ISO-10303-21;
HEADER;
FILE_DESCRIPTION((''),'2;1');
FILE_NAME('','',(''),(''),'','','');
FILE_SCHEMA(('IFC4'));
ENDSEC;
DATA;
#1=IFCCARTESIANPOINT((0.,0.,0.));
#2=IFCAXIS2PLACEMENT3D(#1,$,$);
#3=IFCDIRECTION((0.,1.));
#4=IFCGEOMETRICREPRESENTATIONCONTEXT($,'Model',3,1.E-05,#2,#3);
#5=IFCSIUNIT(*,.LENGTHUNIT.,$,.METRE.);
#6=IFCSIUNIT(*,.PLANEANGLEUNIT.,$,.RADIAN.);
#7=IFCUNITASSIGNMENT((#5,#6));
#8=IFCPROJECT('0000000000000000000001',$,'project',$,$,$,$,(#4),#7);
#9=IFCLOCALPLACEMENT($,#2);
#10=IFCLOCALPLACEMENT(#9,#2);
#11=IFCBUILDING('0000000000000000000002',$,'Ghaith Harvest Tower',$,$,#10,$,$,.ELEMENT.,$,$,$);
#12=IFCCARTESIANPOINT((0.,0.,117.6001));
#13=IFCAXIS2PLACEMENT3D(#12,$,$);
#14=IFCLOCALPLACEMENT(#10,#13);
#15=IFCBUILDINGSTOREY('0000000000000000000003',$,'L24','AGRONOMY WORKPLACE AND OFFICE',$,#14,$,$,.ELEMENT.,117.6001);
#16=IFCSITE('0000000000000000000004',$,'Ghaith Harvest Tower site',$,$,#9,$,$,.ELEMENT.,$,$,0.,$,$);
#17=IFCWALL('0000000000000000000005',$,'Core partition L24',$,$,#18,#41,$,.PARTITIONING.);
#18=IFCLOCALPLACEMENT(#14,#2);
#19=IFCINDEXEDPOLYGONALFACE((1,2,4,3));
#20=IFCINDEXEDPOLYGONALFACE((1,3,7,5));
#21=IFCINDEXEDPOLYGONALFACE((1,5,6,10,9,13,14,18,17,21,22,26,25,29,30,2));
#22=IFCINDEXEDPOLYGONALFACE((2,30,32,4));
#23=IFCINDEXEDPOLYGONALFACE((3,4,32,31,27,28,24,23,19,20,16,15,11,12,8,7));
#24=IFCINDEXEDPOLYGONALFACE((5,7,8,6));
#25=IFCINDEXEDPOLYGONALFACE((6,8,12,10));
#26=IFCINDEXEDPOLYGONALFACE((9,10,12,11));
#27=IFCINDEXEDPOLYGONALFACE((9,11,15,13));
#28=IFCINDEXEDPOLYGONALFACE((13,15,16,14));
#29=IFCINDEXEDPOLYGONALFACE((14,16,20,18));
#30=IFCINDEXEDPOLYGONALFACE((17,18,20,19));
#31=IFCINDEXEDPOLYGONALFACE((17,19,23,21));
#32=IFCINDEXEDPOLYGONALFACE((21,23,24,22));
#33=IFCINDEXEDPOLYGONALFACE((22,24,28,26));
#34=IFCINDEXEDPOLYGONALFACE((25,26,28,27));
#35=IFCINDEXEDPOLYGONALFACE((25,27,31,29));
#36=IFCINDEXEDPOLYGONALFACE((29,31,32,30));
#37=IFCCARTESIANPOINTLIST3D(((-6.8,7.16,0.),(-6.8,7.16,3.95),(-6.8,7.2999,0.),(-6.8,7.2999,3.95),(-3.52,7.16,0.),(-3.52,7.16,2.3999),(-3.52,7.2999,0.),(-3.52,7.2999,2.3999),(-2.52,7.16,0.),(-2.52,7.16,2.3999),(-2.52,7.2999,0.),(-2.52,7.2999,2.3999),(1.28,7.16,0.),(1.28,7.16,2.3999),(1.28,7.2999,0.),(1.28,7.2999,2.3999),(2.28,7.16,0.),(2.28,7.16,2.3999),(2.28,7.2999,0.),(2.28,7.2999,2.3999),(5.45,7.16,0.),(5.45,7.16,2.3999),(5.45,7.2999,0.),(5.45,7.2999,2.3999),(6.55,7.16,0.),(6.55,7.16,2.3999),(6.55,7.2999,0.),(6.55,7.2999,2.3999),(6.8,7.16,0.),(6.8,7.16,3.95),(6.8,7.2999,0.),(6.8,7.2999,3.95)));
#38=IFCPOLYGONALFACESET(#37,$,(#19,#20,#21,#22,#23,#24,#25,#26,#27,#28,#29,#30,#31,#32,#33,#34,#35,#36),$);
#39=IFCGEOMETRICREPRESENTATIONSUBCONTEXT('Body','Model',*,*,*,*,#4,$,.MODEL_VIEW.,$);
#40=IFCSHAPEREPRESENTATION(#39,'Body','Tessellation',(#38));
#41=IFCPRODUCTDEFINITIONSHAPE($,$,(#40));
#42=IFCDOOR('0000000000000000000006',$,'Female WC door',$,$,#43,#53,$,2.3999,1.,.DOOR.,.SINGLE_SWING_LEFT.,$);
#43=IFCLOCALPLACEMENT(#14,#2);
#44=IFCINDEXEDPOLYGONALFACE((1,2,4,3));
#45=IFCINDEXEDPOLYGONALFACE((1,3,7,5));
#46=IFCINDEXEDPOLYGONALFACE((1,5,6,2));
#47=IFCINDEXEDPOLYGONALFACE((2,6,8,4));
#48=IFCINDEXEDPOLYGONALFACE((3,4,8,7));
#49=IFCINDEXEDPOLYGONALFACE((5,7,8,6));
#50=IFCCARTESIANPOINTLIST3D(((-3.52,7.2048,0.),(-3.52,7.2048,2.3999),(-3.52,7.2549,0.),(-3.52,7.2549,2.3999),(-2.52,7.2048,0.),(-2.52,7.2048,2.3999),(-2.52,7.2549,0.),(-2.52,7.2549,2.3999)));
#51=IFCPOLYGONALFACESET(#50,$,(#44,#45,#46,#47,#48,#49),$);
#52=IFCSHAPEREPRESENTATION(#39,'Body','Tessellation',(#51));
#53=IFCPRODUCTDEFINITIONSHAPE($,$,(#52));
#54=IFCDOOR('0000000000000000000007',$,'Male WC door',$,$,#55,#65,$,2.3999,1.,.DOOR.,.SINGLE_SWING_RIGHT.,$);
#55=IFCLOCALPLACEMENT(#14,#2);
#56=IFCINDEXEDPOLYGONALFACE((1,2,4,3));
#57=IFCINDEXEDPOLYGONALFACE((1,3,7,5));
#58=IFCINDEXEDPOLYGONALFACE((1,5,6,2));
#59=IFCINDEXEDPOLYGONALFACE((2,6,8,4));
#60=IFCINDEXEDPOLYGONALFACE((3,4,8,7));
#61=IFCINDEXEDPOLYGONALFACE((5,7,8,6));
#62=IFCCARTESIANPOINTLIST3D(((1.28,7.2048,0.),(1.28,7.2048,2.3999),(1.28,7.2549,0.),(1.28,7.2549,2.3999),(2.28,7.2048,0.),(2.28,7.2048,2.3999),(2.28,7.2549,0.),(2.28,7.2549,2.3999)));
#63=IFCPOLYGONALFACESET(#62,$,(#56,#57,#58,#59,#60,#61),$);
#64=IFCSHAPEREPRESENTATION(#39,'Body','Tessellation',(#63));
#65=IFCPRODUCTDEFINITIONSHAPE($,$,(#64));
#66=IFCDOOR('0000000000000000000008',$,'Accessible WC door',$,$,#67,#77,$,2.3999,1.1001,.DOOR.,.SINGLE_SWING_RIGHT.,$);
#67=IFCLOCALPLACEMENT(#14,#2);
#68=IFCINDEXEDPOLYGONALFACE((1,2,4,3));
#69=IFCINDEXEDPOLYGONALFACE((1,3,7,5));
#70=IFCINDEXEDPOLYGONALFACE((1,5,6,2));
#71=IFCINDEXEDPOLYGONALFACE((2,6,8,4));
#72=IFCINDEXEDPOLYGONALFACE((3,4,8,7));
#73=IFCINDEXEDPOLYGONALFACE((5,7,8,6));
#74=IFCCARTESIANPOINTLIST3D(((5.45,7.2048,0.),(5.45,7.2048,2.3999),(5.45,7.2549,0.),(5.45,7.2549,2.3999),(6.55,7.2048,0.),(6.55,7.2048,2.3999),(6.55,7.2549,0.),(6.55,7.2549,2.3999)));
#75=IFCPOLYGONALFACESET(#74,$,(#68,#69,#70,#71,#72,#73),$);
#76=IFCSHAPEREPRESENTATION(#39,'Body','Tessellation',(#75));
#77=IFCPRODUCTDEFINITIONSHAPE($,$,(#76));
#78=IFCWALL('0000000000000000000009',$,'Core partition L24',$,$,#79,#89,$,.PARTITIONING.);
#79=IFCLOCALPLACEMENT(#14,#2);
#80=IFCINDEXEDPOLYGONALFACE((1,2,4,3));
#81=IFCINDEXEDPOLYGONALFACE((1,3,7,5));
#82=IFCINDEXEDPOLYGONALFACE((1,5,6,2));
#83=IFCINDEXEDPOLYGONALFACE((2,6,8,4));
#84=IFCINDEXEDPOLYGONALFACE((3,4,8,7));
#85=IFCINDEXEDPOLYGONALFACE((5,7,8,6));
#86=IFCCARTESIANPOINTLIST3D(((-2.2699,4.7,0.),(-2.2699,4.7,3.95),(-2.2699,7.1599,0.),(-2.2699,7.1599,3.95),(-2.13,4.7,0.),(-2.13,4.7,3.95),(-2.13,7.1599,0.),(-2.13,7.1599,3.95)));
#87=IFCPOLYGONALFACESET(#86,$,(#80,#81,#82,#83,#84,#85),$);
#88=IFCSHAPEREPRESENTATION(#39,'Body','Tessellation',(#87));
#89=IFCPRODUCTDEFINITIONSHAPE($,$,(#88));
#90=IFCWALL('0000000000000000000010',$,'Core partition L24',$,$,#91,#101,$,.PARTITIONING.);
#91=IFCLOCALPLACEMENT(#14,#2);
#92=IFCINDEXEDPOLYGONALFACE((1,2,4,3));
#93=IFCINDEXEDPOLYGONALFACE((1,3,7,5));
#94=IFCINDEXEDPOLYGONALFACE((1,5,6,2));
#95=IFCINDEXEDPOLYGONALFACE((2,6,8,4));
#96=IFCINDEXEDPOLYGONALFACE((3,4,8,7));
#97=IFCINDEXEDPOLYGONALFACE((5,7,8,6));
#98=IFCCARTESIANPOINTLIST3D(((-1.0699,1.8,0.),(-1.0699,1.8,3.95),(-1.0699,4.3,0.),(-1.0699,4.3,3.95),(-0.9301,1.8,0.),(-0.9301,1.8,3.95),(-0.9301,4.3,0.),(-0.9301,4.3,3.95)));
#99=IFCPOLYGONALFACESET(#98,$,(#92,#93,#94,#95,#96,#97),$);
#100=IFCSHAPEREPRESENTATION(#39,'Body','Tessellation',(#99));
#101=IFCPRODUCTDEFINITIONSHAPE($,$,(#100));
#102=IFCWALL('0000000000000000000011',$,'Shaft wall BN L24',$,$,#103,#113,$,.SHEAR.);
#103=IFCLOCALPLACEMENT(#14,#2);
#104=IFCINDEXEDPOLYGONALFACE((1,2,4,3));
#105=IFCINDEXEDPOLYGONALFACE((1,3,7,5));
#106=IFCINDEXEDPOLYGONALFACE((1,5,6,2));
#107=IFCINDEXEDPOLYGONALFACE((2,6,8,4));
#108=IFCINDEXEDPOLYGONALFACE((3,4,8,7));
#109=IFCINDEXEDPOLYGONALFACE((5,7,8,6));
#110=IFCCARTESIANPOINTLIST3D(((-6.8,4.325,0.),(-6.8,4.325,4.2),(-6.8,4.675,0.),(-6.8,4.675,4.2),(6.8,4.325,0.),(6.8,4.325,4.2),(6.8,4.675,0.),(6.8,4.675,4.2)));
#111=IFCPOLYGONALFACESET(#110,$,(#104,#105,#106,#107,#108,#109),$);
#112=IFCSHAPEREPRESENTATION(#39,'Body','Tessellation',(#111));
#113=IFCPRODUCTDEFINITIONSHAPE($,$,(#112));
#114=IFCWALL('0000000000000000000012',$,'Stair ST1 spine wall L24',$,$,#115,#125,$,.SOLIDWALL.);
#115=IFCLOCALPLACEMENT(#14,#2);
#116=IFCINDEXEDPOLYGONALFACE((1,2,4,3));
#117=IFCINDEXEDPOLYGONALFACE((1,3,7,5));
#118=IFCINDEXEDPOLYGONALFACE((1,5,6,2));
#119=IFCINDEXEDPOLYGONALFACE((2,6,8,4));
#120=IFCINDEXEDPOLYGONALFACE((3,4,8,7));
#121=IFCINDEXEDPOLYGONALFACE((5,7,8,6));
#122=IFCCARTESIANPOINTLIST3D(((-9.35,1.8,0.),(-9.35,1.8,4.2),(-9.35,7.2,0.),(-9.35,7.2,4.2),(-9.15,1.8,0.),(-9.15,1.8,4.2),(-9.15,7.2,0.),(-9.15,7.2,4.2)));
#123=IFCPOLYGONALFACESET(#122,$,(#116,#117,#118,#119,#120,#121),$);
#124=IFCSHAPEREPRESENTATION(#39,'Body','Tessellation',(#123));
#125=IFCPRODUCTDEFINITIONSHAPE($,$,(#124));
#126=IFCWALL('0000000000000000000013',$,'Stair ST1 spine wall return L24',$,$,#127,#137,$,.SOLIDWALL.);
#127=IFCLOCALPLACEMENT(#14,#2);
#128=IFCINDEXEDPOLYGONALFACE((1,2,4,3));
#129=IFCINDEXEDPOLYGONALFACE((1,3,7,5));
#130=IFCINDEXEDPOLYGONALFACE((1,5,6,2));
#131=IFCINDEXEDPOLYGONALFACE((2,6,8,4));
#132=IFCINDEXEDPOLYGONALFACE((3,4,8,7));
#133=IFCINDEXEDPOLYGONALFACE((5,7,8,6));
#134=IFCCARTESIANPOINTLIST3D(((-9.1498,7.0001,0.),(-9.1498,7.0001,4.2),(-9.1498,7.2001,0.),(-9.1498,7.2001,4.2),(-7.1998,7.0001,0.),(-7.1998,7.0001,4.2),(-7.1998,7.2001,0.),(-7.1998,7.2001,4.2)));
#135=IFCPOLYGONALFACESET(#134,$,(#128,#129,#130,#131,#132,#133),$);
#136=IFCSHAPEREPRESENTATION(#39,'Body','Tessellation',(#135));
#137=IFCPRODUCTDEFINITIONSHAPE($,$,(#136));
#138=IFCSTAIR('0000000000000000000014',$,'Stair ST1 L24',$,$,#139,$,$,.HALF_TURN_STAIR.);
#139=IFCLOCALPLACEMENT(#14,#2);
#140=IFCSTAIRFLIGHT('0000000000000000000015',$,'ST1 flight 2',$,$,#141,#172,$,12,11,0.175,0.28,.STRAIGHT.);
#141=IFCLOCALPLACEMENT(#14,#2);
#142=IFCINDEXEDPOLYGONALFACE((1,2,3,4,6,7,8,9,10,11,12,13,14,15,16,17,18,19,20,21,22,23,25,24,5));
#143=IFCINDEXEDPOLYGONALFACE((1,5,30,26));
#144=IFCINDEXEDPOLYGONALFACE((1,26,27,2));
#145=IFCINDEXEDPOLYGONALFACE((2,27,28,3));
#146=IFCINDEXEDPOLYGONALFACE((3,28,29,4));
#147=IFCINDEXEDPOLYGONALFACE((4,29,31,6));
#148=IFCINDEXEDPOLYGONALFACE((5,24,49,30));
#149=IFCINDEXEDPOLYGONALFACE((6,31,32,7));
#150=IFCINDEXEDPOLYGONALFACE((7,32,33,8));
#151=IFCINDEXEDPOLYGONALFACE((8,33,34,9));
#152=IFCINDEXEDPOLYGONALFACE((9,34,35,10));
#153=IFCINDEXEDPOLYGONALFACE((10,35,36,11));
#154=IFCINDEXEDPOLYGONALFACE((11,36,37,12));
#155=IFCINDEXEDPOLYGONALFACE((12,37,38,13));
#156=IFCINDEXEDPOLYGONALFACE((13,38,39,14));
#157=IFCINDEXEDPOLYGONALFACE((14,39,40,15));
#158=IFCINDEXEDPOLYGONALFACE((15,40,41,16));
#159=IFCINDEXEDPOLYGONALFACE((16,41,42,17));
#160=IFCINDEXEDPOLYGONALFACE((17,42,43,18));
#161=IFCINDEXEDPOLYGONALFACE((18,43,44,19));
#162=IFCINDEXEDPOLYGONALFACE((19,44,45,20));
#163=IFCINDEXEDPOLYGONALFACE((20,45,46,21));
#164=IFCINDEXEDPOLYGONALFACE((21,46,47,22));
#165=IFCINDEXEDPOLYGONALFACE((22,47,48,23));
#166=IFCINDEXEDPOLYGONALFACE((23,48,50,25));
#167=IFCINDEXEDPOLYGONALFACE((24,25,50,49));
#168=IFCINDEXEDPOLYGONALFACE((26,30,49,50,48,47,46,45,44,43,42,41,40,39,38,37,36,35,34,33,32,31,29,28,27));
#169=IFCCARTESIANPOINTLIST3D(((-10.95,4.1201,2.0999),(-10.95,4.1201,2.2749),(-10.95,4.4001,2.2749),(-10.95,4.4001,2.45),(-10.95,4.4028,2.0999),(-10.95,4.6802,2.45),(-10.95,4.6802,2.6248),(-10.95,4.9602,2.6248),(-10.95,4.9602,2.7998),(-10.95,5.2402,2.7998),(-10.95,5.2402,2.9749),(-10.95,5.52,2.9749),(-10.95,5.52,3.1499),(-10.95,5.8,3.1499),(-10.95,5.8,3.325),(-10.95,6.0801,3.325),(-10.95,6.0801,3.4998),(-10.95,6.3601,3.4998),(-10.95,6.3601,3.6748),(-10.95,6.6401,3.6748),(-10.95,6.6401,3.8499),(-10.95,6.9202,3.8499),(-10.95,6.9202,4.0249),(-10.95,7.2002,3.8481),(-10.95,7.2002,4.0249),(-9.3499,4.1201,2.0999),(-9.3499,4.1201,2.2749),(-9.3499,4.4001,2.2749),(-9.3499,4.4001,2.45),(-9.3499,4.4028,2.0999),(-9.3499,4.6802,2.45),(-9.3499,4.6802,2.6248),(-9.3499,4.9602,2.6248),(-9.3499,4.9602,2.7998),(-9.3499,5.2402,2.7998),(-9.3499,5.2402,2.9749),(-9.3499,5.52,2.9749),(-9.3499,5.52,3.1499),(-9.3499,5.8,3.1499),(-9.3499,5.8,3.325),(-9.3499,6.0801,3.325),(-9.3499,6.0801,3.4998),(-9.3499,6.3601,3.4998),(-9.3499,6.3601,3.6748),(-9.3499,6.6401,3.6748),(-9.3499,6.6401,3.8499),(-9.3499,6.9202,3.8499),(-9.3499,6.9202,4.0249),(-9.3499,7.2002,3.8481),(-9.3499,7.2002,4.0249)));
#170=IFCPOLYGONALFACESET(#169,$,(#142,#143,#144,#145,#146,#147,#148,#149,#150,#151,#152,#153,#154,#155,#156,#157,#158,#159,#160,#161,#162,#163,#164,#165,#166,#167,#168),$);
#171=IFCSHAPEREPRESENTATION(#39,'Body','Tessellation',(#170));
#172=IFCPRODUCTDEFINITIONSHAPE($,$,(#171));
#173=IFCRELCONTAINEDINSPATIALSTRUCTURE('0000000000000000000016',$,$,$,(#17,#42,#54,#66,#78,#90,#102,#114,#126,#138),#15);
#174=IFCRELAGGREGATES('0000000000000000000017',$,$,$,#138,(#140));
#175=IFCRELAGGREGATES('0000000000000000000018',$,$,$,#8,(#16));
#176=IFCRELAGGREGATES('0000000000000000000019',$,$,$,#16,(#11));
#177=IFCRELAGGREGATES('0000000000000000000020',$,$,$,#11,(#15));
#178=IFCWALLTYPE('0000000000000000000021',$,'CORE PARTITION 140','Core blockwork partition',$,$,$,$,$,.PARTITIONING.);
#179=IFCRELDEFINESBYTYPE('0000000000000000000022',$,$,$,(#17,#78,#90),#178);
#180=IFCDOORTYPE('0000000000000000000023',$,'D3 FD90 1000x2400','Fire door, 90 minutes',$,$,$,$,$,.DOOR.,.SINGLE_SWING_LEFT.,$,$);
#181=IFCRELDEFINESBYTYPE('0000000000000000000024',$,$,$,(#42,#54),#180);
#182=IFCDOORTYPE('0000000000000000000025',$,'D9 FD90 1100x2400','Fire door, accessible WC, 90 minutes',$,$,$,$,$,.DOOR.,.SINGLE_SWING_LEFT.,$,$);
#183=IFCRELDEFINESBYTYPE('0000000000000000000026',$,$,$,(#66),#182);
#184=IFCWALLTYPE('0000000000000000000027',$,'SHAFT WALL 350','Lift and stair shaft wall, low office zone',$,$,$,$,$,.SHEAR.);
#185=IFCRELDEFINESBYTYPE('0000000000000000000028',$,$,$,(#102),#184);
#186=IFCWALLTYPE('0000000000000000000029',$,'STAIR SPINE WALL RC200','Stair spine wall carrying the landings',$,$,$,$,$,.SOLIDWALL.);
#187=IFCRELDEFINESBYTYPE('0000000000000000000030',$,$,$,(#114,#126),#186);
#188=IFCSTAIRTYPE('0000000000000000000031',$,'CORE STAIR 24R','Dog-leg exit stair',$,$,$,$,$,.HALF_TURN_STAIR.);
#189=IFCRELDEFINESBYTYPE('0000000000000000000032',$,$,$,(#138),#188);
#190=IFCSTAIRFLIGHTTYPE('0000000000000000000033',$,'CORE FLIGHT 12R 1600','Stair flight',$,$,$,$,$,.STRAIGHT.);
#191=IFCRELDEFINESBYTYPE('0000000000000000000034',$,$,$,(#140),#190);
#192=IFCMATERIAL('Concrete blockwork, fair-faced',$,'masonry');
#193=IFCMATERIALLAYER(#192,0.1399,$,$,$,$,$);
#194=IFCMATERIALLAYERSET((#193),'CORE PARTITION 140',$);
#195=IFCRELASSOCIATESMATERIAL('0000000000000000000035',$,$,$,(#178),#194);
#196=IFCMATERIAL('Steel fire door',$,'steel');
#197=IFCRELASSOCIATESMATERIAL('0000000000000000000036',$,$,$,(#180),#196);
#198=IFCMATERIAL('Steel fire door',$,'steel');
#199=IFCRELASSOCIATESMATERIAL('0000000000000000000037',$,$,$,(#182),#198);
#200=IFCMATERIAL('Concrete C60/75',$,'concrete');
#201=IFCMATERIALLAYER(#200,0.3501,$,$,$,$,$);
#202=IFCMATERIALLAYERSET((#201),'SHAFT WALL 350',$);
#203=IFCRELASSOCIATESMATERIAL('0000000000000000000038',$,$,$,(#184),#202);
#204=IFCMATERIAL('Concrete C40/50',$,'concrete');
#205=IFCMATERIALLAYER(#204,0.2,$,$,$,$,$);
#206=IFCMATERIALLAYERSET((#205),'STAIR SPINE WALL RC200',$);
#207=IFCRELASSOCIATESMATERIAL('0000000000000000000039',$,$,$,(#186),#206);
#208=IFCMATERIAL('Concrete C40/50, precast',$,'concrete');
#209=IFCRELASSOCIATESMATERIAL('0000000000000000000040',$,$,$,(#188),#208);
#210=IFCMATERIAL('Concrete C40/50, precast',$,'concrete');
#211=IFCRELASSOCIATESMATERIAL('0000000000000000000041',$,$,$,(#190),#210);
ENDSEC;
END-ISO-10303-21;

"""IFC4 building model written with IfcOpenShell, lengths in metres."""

from ifc_helpers import new_model, si_unit, direction, frame, frame_2d, origin, place, context, subcontext, project, spatial, polyline, rectangle, outline, extrude, material, layer, layer_set, type_object, element, fill, aggregate, save


model = new_model("IFC4")

# Units and contexts
model_context = context("Model", 3, precision=1e-05, world=origin(), true_north=direction((0.0, 1.0)))
body_context = subcontext(model_context, "Body", "Model", "MODEL_VIEW")
ifc_project = project(units=[si_unit("LENGTHUNIT", "METRE"), si_unit("PLANEANGLEUNIT", "RADIAN")], contexts=[model_context])

# Site, building, storey
site_placement = place(None, origin())
site = spatial("IfcSite", under=ifc_project, at=site_placement, Name="Ghaith Harvest Tower site", CompositionType="ELEMENT", RefElevation=0.0)
building_placement = place(site_placement, origin())
building = spatial("IfcBuilding", under=site, at=building_placement, Name="Ghaith Harvest Tower", CompositionType="ELEMENT")
storey_placement = place(building_placement, frame((0.0, 0.0, 117.6001)))
storey = spatial("IfcBuildingStorey", under=building, at=storey_placement, Name="L24", Description="AGRONOMY WORKPLACE AND OFFICE", CompositionType="ELEMENT", Elevation=117.6001)

# Wall, openings, doors
ifc_material_1 = material(Name="Concrete blockwork, fair-faced", Category="masonry")
ifc_layer_1 = layer(ifc_material_1, 0.1399)
ifc_layer_set_1 = layer_set([ifc_layer_1], Name="CORE PARTITION 140")
wall_type_1 = type_object("IfcWallType", Name="CORE PARTITION 140", Description="Core blockwork partition", PredefinedType="PARTITIONING", material=ifc_layer_set_1)
wall_1_placement = place(storey_placement, frame((-6.8, 7.23, 0.0), z_axis=(0.0, 0.0, 1.0), x_axis=(1.0, 0.0, 0.0)))
wall_1 = element("IfcWall", 1, at=wall_1_placement, inside=storey, type_object=wall_type_1, Name="Core partition L24", PredefinedType="PARTITIONING", context=body_context, shape_type="SweptSolid", body=[
    extrude(rectangle(XDim=13.6001, YDim=0.1399, at=frame_2d((6.8, 0.0))), origin(), (0.0, 0.0, 1.0), 3.95),
])
opening_1_placement = place(wall_1_placement, frame((3.28, 0.0, 0.0)))
opening_1 = element("IfcOpeningElement", 2, at=opening_1_placement, cuts=wall_1, PredefinedType="OPENING", context=body_context, shape_type="SweptSolid", body=[
    extrude(rectangle(XDim=1.0, YDim=2.3999, at=frame_2d((0.5, 1.2))), frame((0.0, 0.0801, 0.0), z_axis=(0.0, -1.0, 0.0), x_axis=(1.0, 0.0, 0.0)), (0.0, 0.0, 1.0), 0.1599),
])
opening_2_placement = place(wall_1_placement, frame((8.0801, 0.0, 0.0)))
opening_2 = element("IfcOpeningElement", 3, at=opening_2_placement, cuts=wall_1, PredefinedType="OPENING", context=body_context, shape_type="SweptSolid", body=[
    extrude(rectangle(XDim=1.0, YDim=2.3999, at=frame_2d((0.5, 1.2))), frame((0.0, 0.0801, 0.0), z_axis=(0.0, -1.0, 0.0), x_axis=(1.0, 0.0, 0.0)), (0.0, 0.0, 1.0), 0.1599),
])
opening_3_placement = place(wall_1_placement, frame((12.25, 0.0, 0.0)))
opening_3 = element("IfcOpeningElement", 4, at=opening_3_placement, cuts=wall_1, PredefinedType="OPENING", context=body_context, shape_type="SweptSolid", body=[
    extrude(rectangle(XDim=1.1001, YDim=2.3999, at=frame_2d((0.55, 1.2))), frame((0.0, 0.0801, 0.0), z_axis=(0.0, -1.0, 0.0), x_axis=(1.0, 0.0, 0.0)), (0.0, 0.0, 1.0), 0.1599),
])
ifc_material_2 = material(Name="Steel fire door", Category="steel")
door_type_1 = type_object("IfcDoorType", Name="D3 FD90 1000x2400", Description="Fire door, 90 minutes", OperationType="SINGLE_SWING_LEFT", PredefinedType="DOOR", material=ifc_material_2)
door_1_placement = place(opening_1_placement, origin())
door_1 = element("IfcDoor", 5, at=door_1_placement, inside=storey, type_object=door_type_1, Name="Female WC door", OperationType="SINGLE_SWING_LEFT", OverallHeight=2.3999, OverallWidth=1.0, PredefinedType="DOOR", context=body_context, shape_type="SweptSolid", body=[
    extrude(rectangle(XDim=1.0, YDim=2.3999, at=frame_2d((0.5, 1.2))), frame((0.0, 0.0249, 0.0), z_axis=(0.0, -1.0, 0.0), x_axis=(1.0, 0.0, 0.0)), (0.0, 0.0, 1.0), 0.05),
])
fill(opening_1, door_1)
door_2_placement = place(opening_2_placement, origin())
door_2 = element("IfcDoor", 6, at=door_2_placement, inside=storey, type_object=door_type_1, Name="Male WC door", OperationType="SINGLE_SWING_RIGHT", OverallHeight=2.3999, OverallWidth=1.0, PredefinedType="DOOR", context=body_context, shape_type="SweptSolid", body=[
    extrude(rectangle(XDim=1.0, YDim=2.3999, at=frame_2d((0.5, 1.2))), frame((0.0, 0.0249, 0.0), z_axis=(0.0, -1.0, 0.0), x_axis=(1.0, 0.0, 0.0)), (0.0, 0.0, 1.0), 0.05),
])
fill(opening_2, door_2)
ifc_material_3 = material(Name="Steel fire door", Category="steel")
door_type_2 = type_object("IfcDoorType", Name="D9 FD90 1100x2400", Description="Fire door, accessible WC, 90 minutes", OperationType="SINGLE_SWING_LEFT", PredefinedType="DOOR", material=ifc_material_3)
door_3_placement = place(opening_3_placement, origin())
door_3 = element("IfcDoor", 7, at=door_3_placement, inside=storey, type_object=door_type_2, Name="Accessible WC door", OperationType="SINGLE_SWING_RIGHT", OverallHeight=2.3999, OverallWidth=1.1001, PredefinedType="DOOR", context=body_context, shape_type="SweptSolid", body=[
    extrude(rectangle(XDim=1.1001, YDim=2.3999, at=frame_2d((0.55, 1.2))), frame((0.0, 0.0249, 0.0), z_axis=(0.0, -1.0, 0.0), x_axis=(1.0, 0.0, 0.0)), (0.0, 0.0, 1.0), 0.05),
])
fill(opening_3, door_3)

# Walls
wall_2_placement = place(storey_placement, frame((-2.2, 4.7, 0.0), z_axis=(0.0, 0.0, 1.0), x_axis=(0.0, 1.0, 0.0)))
element("IfcWall", 8, at=wall_2_placement, inside=storey, type_object=wall_type_1, Name="Core partition L24", PredefinedType="PARTITIONING", context=body_context, shape_type="SweptSolid", body=[
    extrude(rectangle(XDim=2.46, YDim=0.1399, at=frame_2d((1.23, 0.0))), origin(), (0.0, 0.0, 1.0), 3.95),
])
wall_3_placement = place(storey_placement, frame((-1.0, 1.8, 0.0), z_axis=(0.0, 0.0, 1.0), x_axis=(0.0, 1.0, 0.0)))
element("IfcWall", 9, at=wall_3_placement, inside=storey, type_object=wall_type_1, Name="Core partition L24", PredefinedType="PARTITIONING", context=body_context, shape_type="SweptSolid", body=[
    extrude(rectangle(XDim=2.5, YDim=0.1399, at=frame_2d((1.25, 0.0))), origin(), (0.0, 0.0, 1.0), 3.95),
])

# Shared definitions
ifc_material_4 = material(Name="Concrete C60/75", Category="concrete")
ifc_layer_2 = layer(ifc_material_4, 0.3501)
ifc_layer_set_2 = layer_set([ifc_layer_2], Name="SHAFT WALL 350")
wall_type_2 = type_object("IfcWallType", Name="SHAFT WALL 350", Description="Lift and stair shaft wall, low office zone", PredefinedType="SHEAR", material=ifc_layer_set_2)

# Walls
wall_4_placement = place(storey_placement, frame((-6.8, 4.5, 0.0), z_axis=(0.0, 0.0, 1.0), x_axis=(1.0, 0.0, 0.0)))
element("IfcWall", 10, at=wall_4_placement, inside=storey, type_object=wall_type_2, Name="Shaft wall BN L24", PredefinedType="SHEAR", context=body_context, shape_type="SweptSolid", body=[
    extrude(rectangle(XDim=13.6001, YDim=0.3501, at=frame_2d((6.8, 0.0))), origin(), (0.0, 0.0, 1.0), 4.2),
])
ifc_material_5 = material(Name="Concrete C40/50", Category="concrete")
ifc_layer_3 = layer(ifc_material_5, 0.2)
ifc_layer_set_3 = layer_set([ifc_layer_3], Name="STAIR SPINE WALL RC200")
wall_type_3 = type_object("IfcWallType", Name="STAIR SPINE WALL RC200", Description="Stair spine wall carrying the landings", PredefinedType="SOLIDWALL", material=ifc_layer_set_3)
wall_5_placement = place(storey_placement, frame((-9.25, 7.2, 0.0), z_axis=(0.0, 0.0, 1.0), x_axis=(0.0, -1.0, 0.0)))
element("IfcWall", 11, at=wall_5_placement, inside=storey, type_object=wall_type_3, Name="Stair ST1 spine wall L24", PredefinedType="SOLIDWALL", context=body_context, shape_type="SweptSolid", body=[
    extrude(rectangle(XDim=5.3999, YDim=0.2, at=frame_2d((2.7, 0.0))), origin(), (0.0, 0.0, 1.0), 4.2),
])
wall_6_placement = place(storey_placement, frame((-9.1499, 7.1001, 0.0), z_axis=(0.0, 0.0, 1.0), x_axis=(1.0, 0.0, 0.0)))
element("IfcWall", 12, at=wall_6_placement, inside=storey, type_object=wall_type_3, Name="Stair ST1 spine wall return L24", PredefinedType="SOLIDWALL", context=body_context, shape_type="SweptSolid", body=[
    extrude(rectangle(XDim=1.95, YDim=0.2, at=frame_2d((0.9751, 0.0))), origin(), (0.0, 0.0, 1.0), 4.2),
])

# Stair, stair flight
ifc_material_6 = material(Name="Concrete C40/50, precast", Category="concrete")
stair_type = type_object("IfcStairType", Name="CORE STAIR 24R", Description="Dog-leg exit stair", PredefinedType="HALF_TURN_STAIR", material=ifc_material_6)
stair_placement = place(storey_placement, origin())
stair = element("IfcStair", 13, at=stair_placement, inside=storey, type_object=stair_type, Name="Stair ST1 L24", PredefinedType="HALF_TURN_STAIR")
ifc_material_7 = material(Name="Concrete C40/50, precast", Category="concrete")
stair_flight_type = type_object("IfcStairFlightType", Name="CORE FLIGHT 12R 1600", Description="Stair flight", PredefinedType="STRAIGHT", material=ifc_material_7)
stair_flight_placement = place(storey_placement, frame((-10.1499, 4.1201, 2.0999), z_axis=(0.0, 0.0, 1.0), x_axis=(0.0, 1.0, 0.0)))
stair_flight = element("IfcStairFlight", 14, at=stair_flight_placement, type_object=stair_flight_type, Name="ST1 flight 2", NumberOfRisers=12, NumberOfTreads=11, PredefinedType="STRAIGHT", RiserHeight=0.175, TreadLength=0.28, context=body_context, shape_type="SweptSolid", body=[
    extrude(outline(polyline([(0.0, 0.0), (0.0, 0.175), (0.28, 0.175), (0.28, 0.3501), (0.5601, 0.3501), (0.5601, 0.5249), (0.8401, 0.5249), (0.8401, 0.7), (1.1201, 0.7), (1.1201, 0.875), (1.3999, 0.875), (1.3999, 1.05), (1.6799, 1.05), (1.6799, 1.2251), (1.96, 1.2251), (1.96, 1.3999), (2.24, 1.3999), (2.24, 1.575), (2.52, 1.575), (2.52, 1.75), (2.8, 1.75), (2.8, 1.925), (3.0801, 1.925), (3.0801, 2.1001), (3.0801, 1.7483), (0.2827, 0.0), (0.0, 0.0)])), frame((0.0, 0.8, 0.0), z_axis=(0.0, -1.0, 0.0), x_axis=(1.0, 0.0, 0.0)), (0.0, 0.0, 1.0), 1.6001),
])
aggregate(stair, [stair_flight])

save(model, "model.ifc")
